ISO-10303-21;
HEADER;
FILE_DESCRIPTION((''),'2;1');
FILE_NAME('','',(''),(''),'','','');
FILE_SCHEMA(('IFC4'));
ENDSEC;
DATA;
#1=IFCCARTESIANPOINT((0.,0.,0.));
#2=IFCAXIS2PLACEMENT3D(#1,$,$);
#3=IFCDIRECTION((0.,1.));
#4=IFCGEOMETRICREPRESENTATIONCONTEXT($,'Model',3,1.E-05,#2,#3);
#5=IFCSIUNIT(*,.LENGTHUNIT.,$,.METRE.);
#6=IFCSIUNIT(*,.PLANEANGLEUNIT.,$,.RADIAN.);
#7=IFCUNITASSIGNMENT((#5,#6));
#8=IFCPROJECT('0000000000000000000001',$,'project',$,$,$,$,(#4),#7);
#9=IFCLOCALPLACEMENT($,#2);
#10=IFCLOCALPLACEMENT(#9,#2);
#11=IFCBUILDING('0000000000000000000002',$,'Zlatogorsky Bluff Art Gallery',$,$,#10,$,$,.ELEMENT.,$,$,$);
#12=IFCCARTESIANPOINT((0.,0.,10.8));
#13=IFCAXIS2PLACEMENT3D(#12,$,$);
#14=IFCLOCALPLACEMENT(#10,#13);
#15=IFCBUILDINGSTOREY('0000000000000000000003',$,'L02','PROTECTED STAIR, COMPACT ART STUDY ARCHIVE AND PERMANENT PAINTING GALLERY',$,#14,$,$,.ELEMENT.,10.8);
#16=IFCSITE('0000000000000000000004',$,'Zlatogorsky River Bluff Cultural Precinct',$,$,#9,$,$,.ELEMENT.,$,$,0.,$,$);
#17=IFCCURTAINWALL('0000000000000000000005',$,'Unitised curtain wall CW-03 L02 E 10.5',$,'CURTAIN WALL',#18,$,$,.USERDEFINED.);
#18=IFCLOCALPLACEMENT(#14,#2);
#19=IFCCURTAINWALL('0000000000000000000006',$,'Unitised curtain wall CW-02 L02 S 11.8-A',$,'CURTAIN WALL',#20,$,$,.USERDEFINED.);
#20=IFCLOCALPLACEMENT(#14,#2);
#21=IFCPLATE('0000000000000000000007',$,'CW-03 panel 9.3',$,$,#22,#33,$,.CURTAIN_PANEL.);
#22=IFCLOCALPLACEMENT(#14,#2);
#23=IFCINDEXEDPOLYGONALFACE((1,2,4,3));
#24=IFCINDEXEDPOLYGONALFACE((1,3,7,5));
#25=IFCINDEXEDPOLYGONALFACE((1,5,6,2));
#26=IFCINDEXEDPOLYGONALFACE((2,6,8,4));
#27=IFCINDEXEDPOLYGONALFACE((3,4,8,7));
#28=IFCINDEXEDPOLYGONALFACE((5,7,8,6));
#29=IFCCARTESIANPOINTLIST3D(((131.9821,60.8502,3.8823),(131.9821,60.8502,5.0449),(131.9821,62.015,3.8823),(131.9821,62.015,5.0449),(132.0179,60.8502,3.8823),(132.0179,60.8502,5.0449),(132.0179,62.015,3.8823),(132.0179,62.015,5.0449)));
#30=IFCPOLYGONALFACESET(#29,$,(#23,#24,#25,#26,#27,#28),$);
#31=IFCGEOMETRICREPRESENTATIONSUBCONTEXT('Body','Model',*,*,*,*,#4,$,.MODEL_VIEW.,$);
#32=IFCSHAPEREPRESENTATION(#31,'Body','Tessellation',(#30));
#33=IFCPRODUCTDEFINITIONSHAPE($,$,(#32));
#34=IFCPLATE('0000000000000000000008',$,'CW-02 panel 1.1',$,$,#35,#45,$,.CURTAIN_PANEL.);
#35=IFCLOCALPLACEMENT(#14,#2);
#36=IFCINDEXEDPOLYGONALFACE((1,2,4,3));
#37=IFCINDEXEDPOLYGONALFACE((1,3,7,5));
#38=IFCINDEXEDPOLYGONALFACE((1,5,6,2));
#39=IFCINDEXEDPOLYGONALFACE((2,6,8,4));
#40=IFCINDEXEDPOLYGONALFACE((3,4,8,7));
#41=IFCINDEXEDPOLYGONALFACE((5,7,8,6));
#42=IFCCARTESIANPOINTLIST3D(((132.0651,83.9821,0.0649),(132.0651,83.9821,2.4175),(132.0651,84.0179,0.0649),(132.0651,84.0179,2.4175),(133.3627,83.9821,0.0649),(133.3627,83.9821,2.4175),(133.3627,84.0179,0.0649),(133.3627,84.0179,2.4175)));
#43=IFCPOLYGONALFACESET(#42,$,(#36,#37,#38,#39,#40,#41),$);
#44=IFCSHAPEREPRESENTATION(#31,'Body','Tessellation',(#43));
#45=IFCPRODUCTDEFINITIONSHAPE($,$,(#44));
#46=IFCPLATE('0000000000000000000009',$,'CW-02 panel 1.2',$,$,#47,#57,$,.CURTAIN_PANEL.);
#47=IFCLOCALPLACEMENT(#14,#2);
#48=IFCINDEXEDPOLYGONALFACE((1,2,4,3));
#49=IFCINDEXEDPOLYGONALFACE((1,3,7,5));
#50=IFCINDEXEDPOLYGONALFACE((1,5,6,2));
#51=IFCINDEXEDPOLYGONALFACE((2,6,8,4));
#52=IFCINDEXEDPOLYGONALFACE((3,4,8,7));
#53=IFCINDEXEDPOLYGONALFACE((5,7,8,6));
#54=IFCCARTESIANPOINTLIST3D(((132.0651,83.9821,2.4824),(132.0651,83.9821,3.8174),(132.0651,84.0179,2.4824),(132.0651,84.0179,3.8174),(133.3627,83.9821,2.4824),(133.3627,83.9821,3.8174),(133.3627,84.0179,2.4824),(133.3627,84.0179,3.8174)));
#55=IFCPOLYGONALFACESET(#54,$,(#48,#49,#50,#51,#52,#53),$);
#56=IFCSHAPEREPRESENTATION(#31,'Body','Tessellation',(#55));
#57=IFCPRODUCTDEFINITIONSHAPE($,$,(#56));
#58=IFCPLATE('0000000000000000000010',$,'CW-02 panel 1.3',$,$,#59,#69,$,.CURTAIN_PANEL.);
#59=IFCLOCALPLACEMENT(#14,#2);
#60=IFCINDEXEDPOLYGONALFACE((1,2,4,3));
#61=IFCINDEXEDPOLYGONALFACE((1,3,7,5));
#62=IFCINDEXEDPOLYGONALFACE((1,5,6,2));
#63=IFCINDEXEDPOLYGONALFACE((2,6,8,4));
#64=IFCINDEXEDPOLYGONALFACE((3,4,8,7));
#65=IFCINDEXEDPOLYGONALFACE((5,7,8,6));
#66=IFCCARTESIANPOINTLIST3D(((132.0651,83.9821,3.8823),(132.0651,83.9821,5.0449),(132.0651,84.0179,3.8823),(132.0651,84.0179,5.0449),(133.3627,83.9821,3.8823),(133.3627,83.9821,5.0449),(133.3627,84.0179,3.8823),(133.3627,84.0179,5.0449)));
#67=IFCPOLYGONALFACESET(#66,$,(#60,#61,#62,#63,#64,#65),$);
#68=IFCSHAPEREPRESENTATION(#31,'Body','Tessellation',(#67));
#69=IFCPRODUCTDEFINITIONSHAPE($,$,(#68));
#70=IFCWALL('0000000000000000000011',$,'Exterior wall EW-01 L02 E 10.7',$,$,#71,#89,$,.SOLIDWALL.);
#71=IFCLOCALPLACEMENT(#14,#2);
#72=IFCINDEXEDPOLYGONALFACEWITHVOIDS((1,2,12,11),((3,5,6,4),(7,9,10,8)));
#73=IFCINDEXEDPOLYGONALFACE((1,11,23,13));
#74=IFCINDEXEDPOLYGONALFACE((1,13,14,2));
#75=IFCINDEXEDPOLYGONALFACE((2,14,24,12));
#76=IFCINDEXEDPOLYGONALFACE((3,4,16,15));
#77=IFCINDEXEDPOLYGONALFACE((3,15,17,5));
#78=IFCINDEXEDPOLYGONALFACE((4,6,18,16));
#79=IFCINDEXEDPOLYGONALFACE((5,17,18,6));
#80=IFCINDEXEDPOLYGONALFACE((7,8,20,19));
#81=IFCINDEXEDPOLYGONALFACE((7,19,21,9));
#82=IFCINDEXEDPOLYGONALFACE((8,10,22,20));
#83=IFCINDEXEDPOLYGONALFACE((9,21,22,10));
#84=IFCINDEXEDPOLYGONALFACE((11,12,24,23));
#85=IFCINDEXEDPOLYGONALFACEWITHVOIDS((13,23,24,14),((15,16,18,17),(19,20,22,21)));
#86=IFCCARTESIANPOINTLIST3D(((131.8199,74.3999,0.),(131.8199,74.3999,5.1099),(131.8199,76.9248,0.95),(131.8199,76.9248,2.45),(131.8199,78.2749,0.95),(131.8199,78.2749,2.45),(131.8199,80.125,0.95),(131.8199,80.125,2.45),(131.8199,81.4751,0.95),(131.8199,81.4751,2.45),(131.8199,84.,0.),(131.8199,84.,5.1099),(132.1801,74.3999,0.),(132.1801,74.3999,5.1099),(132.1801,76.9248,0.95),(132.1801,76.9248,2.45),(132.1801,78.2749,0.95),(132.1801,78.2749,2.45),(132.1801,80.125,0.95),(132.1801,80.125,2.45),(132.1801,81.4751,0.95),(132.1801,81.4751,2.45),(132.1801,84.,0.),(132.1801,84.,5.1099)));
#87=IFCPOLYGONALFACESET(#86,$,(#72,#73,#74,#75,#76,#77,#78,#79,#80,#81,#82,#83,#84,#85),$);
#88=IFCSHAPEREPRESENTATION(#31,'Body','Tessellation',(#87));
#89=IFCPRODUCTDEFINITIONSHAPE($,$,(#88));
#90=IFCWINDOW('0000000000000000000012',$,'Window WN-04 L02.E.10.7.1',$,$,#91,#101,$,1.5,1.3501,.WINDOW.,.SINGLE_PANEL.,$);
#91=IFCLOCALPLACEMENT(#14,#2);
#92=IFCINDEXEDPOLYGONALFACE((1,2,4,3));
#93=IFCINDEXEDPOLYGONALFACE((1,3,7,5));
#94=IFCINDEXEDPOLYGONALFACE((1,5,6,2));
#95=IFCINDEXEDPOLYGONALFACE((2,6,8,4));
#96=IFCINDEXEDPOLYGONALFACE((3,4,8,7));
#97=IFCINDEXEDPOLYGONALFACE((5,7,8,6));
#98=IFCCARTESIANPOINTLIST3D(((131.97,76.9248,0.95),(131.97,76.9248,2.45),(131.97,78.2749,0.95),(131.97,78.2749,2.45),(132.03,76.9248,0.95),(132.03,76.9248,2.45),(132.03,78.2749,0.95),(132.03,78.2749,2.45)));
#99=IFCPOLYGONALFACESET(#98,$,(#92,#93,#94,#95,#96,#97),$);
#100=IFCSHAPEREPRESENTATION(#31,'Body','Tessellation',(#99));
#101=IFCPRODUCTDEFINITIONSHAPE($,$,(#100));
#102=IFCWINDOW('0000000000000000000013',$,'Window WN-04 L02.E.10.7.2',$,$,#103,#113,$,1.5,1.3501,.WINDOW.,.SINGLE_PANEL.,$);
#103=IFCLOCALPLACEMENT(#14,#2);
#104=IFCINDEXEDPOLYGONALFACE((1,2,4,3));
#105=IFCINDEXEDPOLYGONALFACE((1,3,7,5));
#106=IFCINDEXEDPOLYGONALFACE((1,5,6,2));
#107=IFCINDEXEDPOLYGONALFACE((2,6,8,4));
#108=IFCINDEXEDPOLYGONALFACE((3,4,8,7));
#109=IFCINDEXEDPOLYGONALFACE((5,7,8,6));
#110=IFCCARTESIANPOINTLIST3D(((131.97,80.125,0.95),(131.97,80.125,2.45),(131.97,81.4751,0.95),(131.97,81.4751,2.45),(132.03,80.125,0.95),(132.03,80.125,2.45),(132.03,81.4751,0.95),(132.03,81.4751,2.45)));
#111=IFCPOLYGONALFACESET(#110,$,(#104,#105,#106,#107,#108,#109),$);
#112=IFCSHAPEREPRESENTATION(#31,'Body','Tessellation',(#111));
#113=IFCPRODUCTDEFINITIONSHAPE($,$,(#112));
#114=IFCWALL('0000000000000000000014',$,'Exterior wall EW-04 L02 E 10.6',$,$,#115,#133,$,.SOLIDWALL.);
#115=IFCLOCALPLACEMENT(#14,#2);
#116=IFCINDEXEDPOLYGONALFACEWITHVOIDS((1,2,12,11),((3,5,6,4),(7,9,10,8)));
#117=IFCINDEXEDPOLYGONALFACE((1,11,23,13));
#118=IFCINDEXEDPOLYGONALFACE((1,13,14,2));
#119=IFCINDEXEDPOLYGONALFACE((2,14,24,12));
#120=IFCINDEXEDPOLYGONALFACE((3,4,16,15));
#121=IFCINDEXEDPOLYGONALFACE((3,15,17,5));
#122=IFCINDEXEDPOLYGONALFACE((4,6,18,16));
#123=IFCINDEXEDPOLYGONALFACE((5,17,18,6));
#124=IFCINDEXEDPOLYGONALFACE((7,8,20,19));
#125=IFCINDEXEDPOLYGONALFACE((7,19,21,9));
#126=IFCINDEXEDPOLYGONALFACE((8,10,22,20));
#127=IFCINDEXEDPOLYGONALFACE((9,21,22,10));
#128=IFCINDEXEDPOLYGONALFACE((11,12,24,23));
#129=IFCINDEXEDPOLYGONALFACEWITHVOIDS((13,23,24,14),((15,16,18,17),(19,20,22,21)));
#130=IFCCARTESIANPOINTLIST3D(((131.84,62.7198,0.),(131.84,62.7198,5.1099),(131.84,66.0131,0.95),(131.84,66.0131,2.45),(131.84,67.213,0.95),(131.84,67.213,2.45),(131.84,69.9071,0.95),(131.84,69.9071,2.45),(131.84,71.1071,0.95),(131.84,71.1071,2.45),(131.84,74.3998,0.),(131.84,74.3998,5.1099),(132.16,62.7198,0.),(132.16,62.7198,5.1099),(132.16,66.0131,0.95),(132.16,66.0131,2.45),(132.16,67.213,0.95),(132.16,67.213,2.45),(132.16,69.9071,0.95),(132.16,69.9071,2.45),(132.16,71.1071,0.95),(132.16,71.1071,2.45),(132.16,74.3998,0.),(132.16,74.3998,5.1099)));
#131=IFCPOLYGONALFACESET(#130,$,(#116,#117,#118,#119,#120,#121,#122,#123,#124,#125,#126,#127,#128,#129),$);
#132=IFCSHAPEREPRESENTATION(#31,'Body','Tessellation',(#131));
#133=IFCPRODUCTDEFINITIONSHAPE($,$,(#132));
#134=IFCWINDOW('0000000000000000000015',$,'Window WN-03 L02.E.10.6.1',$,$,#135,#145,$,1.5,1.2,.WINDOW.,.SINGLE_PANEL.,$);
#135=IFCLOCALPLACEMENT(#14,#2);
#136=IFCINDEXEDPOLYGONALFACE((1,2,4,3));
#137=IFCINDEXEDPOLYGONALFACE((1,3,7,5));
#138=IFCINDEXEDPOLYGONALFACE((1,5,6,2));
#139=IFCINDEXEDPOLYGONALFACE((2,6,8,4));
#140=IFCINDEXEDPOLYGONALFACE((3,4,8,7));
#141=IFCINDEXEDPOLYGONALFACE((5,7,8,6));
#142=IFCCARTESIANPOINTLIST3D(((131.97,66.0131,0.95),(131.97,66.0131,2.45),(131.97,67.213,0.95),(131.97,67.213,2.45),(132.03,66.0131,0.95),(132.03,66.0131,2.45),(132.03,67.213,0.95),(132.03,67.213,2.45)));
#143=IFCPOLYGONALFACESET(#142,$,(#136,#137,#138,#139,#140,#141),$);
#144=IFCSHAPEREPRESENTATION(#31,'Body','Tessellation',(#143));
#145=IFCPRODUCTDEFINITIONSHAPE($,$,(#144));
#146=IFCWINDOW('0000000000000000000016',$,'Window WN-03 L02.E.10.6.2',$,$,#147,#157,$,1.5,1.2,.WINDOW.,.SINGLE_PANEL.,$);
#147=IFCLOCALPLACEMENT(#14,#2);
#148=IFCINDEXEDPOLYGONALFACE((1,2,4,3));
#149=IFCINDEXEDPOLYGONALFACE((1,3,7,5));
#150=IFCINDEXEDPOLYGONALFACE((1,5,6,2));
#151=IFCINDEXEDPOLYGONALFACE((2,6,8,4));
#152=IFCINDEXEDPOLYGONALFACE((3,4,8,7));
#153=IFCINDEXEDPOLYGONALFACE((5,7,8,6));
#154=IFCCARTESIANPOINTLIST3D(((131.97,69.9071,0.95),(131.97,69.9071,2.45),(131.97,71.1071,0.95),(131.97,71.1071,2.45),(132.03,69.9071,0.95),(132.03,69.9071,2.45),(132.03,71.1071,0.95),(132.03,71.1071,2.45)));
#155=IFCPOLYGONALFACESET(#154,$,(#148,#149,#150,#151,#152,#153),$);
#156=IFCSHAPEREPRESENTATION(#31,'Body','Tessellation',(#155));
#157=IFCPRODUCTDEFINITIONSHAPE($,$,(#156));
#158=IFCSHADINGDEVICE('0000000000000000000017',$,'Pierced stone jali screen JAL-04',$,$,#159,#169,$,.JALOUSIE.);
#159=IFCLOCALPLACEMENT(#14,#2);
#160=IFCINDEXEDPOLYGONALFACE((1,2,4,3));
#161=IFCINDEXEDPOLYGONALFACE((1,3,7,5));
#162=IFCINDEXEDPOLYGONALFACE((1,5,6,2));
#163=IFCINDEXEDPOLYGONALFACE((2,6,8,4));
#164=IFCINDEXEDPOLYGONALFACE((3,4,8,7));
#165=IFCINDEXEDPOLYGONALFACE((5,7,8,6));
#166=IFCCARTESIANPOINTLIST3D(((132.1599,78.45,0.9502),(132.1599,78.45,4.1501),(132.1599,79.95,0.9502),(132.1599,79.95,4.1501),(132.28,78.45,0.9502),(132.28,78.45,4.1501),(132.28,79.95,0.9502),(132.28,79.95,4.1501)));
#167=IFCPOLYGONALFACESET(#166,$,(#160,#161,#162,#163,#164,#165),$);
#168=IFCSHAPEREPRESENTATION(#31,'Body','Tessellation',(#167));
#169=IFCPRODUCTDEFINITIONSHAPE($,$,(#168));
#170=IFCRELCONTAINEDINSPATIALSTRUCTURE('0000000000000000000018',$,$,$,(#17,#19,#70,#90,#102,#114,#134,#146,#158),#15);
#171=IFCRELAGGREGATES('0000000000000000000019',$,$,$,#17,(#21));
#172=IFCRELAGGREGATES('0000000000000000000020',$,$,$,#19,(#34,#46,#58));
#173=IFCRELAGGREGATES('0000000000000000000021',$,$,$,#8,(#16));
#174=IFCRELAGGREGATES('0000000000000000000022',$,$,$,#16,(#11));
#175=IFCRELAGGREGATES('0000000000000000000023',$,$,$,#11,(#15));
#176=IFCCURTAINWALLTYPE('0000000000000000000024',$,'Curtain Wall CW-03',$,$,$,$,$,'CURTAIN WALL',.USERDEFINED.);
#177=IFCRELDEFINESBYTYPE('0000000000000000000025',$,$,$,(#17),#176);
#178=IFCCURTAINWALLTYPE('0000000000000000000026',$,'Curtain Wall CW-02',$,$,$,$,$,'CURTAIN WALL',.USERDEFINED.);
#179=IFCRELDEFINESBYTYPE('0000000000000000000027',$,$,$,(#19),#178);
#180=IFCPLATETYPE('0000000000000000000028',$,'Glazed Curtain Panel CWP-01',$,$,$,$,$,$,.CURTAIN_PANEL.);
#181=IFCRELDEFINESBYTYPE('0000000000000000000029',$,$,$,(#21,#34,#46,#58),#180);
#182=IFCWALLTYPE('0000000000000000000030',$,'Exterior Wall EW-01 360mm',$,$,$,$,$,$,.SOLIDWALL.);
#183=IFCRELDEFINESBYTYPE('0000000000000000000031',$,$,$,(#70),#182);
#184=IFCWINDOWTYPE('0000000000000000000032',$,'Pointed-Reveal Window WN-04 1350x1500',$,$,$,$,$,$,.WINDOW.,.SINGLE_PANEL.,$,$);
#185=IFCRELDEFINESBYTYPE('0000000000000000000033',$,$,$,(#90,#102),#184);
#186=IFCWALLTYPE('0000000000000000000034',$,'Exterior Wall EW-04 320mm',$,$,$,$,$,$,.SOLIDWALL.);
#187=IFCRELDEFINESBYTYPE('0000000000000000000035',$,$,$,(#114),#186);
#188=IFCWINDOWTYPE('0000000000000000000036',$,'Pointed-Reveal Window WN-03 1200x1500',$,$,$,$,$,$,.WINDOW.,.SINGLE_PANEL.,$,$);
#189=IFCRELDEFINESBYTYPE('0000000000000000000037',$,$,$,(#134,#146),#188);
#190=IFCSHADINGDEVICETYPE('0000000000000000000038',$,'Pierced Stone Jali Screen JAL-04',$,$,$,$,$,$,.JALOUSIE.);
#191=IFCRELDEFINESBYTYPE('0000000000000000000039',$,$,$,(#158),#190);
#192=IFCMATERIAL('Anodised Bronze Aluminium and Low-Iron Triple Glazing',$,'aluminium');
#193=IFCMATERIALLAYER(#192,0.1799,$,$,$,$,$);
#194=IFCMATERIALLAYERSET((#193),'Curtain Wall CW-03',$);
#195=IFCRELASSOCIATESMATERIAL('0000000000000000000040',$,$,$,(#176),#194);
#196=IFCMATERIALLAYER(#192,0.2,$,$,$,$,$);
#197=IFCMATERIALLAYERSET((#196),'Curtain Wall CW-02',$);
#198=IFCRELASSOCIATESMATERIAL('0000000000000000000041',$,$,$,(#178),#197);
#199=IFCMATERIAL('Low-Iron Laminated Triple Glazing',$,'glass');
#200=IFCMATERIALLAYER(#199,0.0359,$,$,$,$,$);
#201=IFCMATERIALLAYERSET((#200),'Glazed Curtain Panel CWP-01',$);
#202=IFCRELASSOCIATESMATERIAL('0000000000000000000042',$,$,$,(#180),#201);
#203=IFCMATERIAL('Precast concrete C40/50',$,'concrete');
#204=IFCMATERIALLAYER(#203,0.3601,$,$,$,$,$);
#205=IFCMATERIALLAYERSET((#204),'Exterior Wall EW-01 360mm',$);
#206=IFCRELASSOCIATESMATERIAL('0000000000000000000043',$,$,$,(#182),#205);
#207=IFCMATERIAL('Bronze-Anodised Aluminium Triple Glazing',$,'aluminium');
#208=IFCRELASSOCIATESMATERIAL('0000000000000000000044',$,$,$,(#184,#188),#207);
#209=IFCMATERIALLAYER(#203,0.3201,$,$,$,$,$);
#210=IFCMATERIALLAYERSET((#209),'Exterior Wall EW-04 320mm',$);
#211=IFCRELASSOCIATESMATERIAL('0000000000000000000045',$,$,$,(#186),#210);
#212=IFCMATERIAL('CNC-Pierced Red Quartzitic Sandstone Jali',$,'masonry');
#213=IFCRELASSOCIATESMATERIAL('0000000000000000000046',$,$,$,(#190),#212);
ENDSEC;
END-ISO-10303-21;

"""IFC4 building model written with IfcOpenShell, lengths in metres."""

from ifc_helpers import new_model, si_unit, direction, frame, frame_2d, origin, origin_2d, place, context, subcontext, project, spatial, rectangle, extrude, material, layer, layer_set, type_object, element, fill, aggregate, save


model = new_model("IFC4")

# Units and contexts
model_context = context("Model", 3, precision=1e-05, world=origin(), true_north=direction((0.0, 1.0)))
body_context = subcontext(model_context, "Body", "Model", "MODEL_VIEW")
ifc_project = project(units=[si_unit("LENGTHUNIT", "METRE"), si_unit("PLANEANGLEUNIT", "RADIAN")], contexts=[model_context])

# Site, building, storey
site_placement = place(None, origin())
site = spatial("IfcSite", under=ifc_project, at=site_placement, Name="Zlatogorsky River Bluff Cultural Precinct", CompositionType="ELEMENT", RefElevation=0.0)
building_placement = place(site_placement, origin())
building = spatial("IfcBuilding", under=site, at=building_placement, Name="Zlatogorsky Bluff Art Gallery", CompositionType="ELEMENT")
storey_placement = place(building_placement, frame((0.0, 0.0, 10.8)))
storey = spatial("IfcBuildingStorey", under=building, at=storey_placement, Name="L02", Description="PROTECTED STAIR, COMPACT ART STUDY ARCHIVE AND PERMANENT PAINTING GALLERY", CompositionType="ELEMENT", Elevation=10.8)

# Curtain wall
ifc_material_1 = material(Name="Anodised Bronze Aluminium and Low-Iron Triple Glazing", Category="aluminium")
ifc_layer_1 = layer(ifc_material_1, 0.1799)
ifc_layer_set_1 = layer_set([ifc_layer_1], Name="Curtain Wall CW-03")
curtain_wall_type_1 = type_object("IfcCurtainWallType", Name="Curtain Wall CW-03", ElementType="CURTAIN WALL", PredefinedType="USERDEFINED", material=ifc_layer_set_1)
curtain_wall_1_placement = place(storey_placement, origin())
curtain_wall_1 = element("IfcCurtainWall", 1, at=curtain_wall_1_placement, inside=storey, type_object=curtain_wall_type_1, Name="Unitised curtain wall CW-03 L02 E 10.5", ObjectType="CURTAIN WALL", PredefinedType="USERDEFINED")

# Curtain wall
ifc_layer_2 = layer(ifc_material_1, 0.2)
ifc_layer_set_2 = layer_set([ifc_layer_2], Name="Curtain Wall CW-02")
curtain_wall_type_2 = type_object("IfcCurtainWallType", Name="Curtain Wall CW-02", ElementType="CURTAIN WALL", PredefinedType="USERDEFINED", material=ifc_layer_set_2)
curtain_wall_2_placement = place(storey_placement, origin())
curtain_wall_2 = element("IfcCurtainWall", 2, at=curtain_wall_2_placement, inside=storey, type_object=curtain_wall_type_2, Name="Unitised curtain wall CW-02 L02 S 11.8-A", ObjectType="CURTAIN WALL", PredefinedType="USERDEFINED")

# Plates
ifc_material_2 = material(Name="Low-Iron Laminated Triple Glazing", Category="glass")
ifc_layer_3 = layer(ifc_material_2, 0.0359)
ifc_layer_set_3 = layer_set([ifc_layer_3], Name="Glazed Curtain Panel CWP-01")
plate_type = type_object("IfcPlateType", Name="Glazed Curtain Panel CWP-01", PredefinedType="CURTAIN_PANEL", material=ifc_layer_set_3)
plate_1_placement = place(storey_placement, frame((132.0, 61.4326, 3.8823), z_axis=(0.0, 0.0, 1.0), x_axis=(0.0, 1.0, 0.0)))
plate_1 = element("IfcPlate", 3, at=plate_1_placement, type_object=plate_type, Name="CW-03 panel 9.3", PredefinedType="CURTAIN_PANEL", context=body_context, shape_type="SweptSolid", body=[
    extrude(rectangle(XDim=1.1648, YDim=0.0359, at=origin_2d()), origin(), (0.0, 0.0, 1.0), 1.1626),
])
aggregate(curtain_wall_1, [plate_1])
plate_2_placement = place(storey_placement, frame((132.7139, 84.0, 0.0649), z_axis=(0.0, 0.0, 1.0), x_axis=(1.0, 0.0, 0.0)))
plate_2 = element("IfcPlate", 4, at=plate_2_placement, type_object=plate_type, Name="CW-02 panel 1.1", PredefinedType="CURTAIN_PANEL", context=body_context, shape_type="SweptSolid", body=[
    extrude(rectangle(XDim=1.2976, YDim=0.0359, at=origin_2d()), origin(), (0.0, 0.0, 1.0), 2.3525),
])
plate_3_placement = place(storey_placement, frame((132.7139, 84.0, 2.4824), z_axis=(0.0, 0.0, 1.0), x_axis=(1.0, 0.0, 0.0)))
plate_3 = element("IfcPlate", 5, at=plate_3_placement, type_object=plate_type, Name="CW-02 panel 1.2", PredefinedType="CURTAIN_PANEL", context=body_context, shape_type="SweptSolid", body=[
    extrude(rectangle(XDim=1.2976, YDim=0.0359, at=origin_2d()), origin(), (0.0, 0.0, 1.0), 1.335),
])
plate_4_placement = place(storey_placement, frame((132.7139, 84.0, 3.8823), z_axis=(0.0, 0.0, 1.0), x_axis=(1.0, 0.0, 0.0)))
plate_4 = element("IfcPlate", 6, at=plate_4_placement, type_object=plate_type, Name="CW-02 panel 1.3", PredefinedType="CURTAIN_PANEL", context=body_context, shape_type="SweptSolid", body=[
    extrude(rectangle(XDim=1.2976, YDim=0.0359, at=origin_2d()), origin(), (0.0, 0.0, 1.0), 1.1626),
])
aggregate(curtain_wall_2, [plate_2, plate_3, plate_4])

# Walls, openings, windows
ifc_material_3 = material(Name="Precast concrete C40/50", Category="concrete")
ifc_layer_4 = layer(ifc_material_3, 0.3601)
ifc_layer_set_4 = layer_set([ifc_layer_4], Name="Exterior Wall EW-01 360mm")
wall_type_1 = type_object("IfcWallType", Name="Exterior Wall EW-01 360mm", PredefinedType="SOLIDWALL", material=ifc_layer_set_4)
wall_1_placement = place(storey_placement, frame((132.0, 74.3999, 0.0), z_axis=(0.0, 0.0, 1.0), x_axis=(0.0, 1.0, 0.0)))
wall_1 = element("IfcWall", 7, at=wall_1_placement, inside=storey, type_object=wall_type_1, Name="Exterior wall EW-01 L02 E 10.7", PredefinedType="SOLIDWALL", context=body_context, shape_type="SweptSolid", body=[
    extrude(rectangle(XDim=9.6001, YDim=0.3601, at=frame_2d((4.8, 0.0))), origin(), (0.0, 0.0, 1.0), 5.1099),
])
opening_1_placement = place(wall_1_placement, frame((2.5249, 0.0, 0.95)))
opening_1 = element("IfcOpeningElement", 8, at=opening_1_placement, cuts=wall_1, PredefinedType="OPENING", context=body_context, shape_type="SweptSolid", body=[
    extrude(rectangle(XDim=1.3501, YDim=1.5, at=frame_2d((0.675, 0.75))), frame((0.0, 0.1899, 0.0), z_axis=(0.0, -1.0, 0.0), x_axis=(1.0, 0.0, 0.0)), (0.0, 0.0, 1.0), 0.3801),
])
opening_2_placement = place(wall_1_placement, frame((5.7251, 0.0, 0.95)))
opening_2 = element("IfcOpeningElement", 9, at=opening_2_placement, cuts=wall_1, PredefinedType="OPENING", context=body_context, shape_type="SweptSolid", body=[
    extrude(rectangle(XDim=1.3501, YDim=1.5, at=frame_2d((0.675, 0.75))), frame((0.0, 0.1899, 0.0), z_axis=(0.0, -1.0, 0.0), x_axis=(1.0, 0.0, 0.0)), (0.0, 0.0, 1.0), 0.3801),
])
ifc_material_4 = material(Name="Bronze-Anodised Aluminium Triple Glazing", Category="aluminium")
window_type_1 = type_object("IfcWindowType", Name="Pointed-Reveal Window WN-04 1350x1500", PartitioningType="SINGLE_PANEL", PredefinedType="WINDOW", material=ifc_material_4)
window_1_placement = place(opening_1_placement, origin())
window_1 = element("IfcWindow", 10, at=window_1_placement, inside=storey, type_object=window_type_1, Name="Window WN-04 L02.E.10.7.1", OverallHeight=1.5, OverallWidth=1.3501, PartitioningType="SINGLE_PANEL", PredefinedType="WINDOW", context=body_context, shape_type="SweptSolid", body=[
    extrude(rectangle(XDim=1.3501, YDim=1.5, at=frame_2d((0.675, 0.75))), frame((0.0, 0.03, 0.0), z_axis=(0.0, -1.0, 0.0), x_axis=(1.0, 0.0, 0.0)), (0.0, 0.0, 1.0), 0.0601),
])
fill(opening_1, window_1)
window_2_placement = place(opening_2_placement, origin())
window_2 = element("IfcWindow", 11, at=window_2_placement, inside=storey, type_object=window_type_1, Name="Window WN-04 L02.E.10.7.2", OverallHeight=1.5, OverallWidth=1.3501, PartitioningType="SINGLE_PANEL", PredefinedType="WINDOW", context=body_context, shape_type="SweptSolid", body=[
    extrude(rectangle(XDim=1.3501, YDim=1.5, at=frame_2d((0.675, 0.75))), frame((0.0, 0.03, 0.0), z_axis=(0.0, -1.0, 0.0), x_axis=(1.0, 0.0, 0.0)), (0.0, 0.0, 1.0), 0.0601),
])
fill(opening_2, window_2)
ifc_layer_5 = layer(ifc_material_3, 0.3201)
ifc_layer_set_5 = layer_set([ifc_layer_5], Name="Exterior Wall EW-04 320mm")
wall_type_2 = type_object("IfcWallType", Name="Exterior Wall EW-04 320mm", PredefinedType="SOLIDWALL", material=ifc_layer_set_5)
wall_2_placement = place(storey_placement, frame((132.0, 62.72, 0.0), z_axis=(0.0, 0.0, 1.0), x_axis=(0.0, 1.0, 0.0)))
wall_2 = element("IfcWall", 12, at=wall_2_placement, inside=storey, type_object=wall_type_2, Name="Exterior wall EW-04 L02 E 10.6", PredefinedType="SOLIDWALL", context=body_context, shape_type="SweptSolid", body=[
    extrude(rectangle(XDim=11.6799, YDim=0.3201, at=frame_2d((5.8398, 0.0))), origin(), (0.0, 0.0, 1.0), 5.1099),
])
opening_3_placement = place(wall_2_placement, frame((3.293, 0.0, 0.95)))
opening_3 = element("IfcOpeningElement", 13, at=opening_3_placement, cuts=wall_2, PredefinedType="OPENING", context=body_context, shape_type="SweptSolid", body=[
    extrude(rectangle(XDim=1.2, YDim=1.5, at=frame_2d((0.6001, 0.75))), frame((0.0, 0.1699, 0.0), z_axis=(0.0, -1.0, 0.0), x_axis=(1.0, 0.0, 0.0)), (0.0, 0.0, 1.0), 0.3401),
])
opening_4_placement = place(wall_2_placement, frame((7.187, 0.0, 0.95)))
opening_4 = element("IfcOpeningElement", 14, at=opening_4_placement, cuts=wall_2, PredefinedType="OPENING", context=body_context, shape_type="SweptSolid", body=[
    extrude(rectangle(XDim=1.2, YDim=1.5, at=frame_2d((0.6001, 0.75))), frame((0.0, 0.1699, 0.0), z_axis=(0.0, -1.0, 0.0), x_axis=(1.0, 0.0, 0.0)), (0.0, 0.0, 1.0), 0.3401),
])
window_type_2 = type_object("IfcWindowType", Name="Pointed-Reveal Window WN-03 1200x1500", PartitioningType="SINGLE_PANEL", PredefinedType="WINDOW", material=ifc_material_4)
window_3_placement = place(opening_3_placement, origin())
window_3 = element("IfcWindow", 15, at=window_3_placement, inside=storey, type_object=window_type_2, Name="Window WN-03 L02.E.10.6.1", OverallHeight=1.5, OverallWidth=1.2, PartitioningType="SINGLE_PANEL", PredefinedType="WINDOW", context=body_context, shape_type="SweptSolid", body=[
    extrude(rectangle(XDim=1.2, YDim=1.5, at=frame_2d((0.6001, 0.75))), frame((0.0, 0.03, 0.0), z_axis=(0.0, -1.0, 0.0), x_axis=(1.0, 0.0, 0.0)), (0.0, 0.0, 1.0), 0.0601),
])
fill(opening_3, window_3)
window_4_placement = place(opening_4_placement, origin())
window_4 = element("IfcWindow", 16, at=window_4_placement, inside=storey, type_object=window_type_2, Name="Window WN-03 L02.E.10.6.2", OverallHeight=1.5, OverallWidth=1.2, PartitioningType="SINGLE_PANEL", PredefinedType="WINDOW", context=body_context, shape_type="SweptSolid", body=[
    extrude(rectangle(XDim=1.2, YDim=1.5, at=frame_2d((0.6001, 0.75))), frame((0.0, 0.03, 0.0), z_axis=(0.0, -1.0, 0.0), x_axis=(1.0, 0.0, 0.0)), (0.0, 0.0, 1.0), 0.0601),
])
fill(opening_4, window_4)

# Shading device
ifc_material_5 = material(Name="CNC-Pierced Red Quartzitic Sandstone Jali", Category="masonry")
shading_device_type = type_object("IfcShadingDeviceType", Name="Pierced Stone Jali Screen JAL-04", PredefinedType="JALOUSIE", material=ifc_material_5)
shading_device_placement = place(storey_placement, frame((132.22, 79.2, 0.9502), z_axis=(0.0, 0.0, 1.0), x_axis=(1.0, 0.0, 0.0)))
element("IfcShadingDevice", 17, at=shading_device_placement, inside=storey, type_object=shading_device_type, Name="Pierced stone jali screen JAL-04", PredefinedType="JALOUSIE", context=body_context, shape_type="SweptSolid", body=[
    extrude(rectangle(XDim=0.1201, YDim=1.5, at=origin_2d()), origin(), (0.0, 0.0, 1.0), 3.2),
])

save(model, "model.ifc")
